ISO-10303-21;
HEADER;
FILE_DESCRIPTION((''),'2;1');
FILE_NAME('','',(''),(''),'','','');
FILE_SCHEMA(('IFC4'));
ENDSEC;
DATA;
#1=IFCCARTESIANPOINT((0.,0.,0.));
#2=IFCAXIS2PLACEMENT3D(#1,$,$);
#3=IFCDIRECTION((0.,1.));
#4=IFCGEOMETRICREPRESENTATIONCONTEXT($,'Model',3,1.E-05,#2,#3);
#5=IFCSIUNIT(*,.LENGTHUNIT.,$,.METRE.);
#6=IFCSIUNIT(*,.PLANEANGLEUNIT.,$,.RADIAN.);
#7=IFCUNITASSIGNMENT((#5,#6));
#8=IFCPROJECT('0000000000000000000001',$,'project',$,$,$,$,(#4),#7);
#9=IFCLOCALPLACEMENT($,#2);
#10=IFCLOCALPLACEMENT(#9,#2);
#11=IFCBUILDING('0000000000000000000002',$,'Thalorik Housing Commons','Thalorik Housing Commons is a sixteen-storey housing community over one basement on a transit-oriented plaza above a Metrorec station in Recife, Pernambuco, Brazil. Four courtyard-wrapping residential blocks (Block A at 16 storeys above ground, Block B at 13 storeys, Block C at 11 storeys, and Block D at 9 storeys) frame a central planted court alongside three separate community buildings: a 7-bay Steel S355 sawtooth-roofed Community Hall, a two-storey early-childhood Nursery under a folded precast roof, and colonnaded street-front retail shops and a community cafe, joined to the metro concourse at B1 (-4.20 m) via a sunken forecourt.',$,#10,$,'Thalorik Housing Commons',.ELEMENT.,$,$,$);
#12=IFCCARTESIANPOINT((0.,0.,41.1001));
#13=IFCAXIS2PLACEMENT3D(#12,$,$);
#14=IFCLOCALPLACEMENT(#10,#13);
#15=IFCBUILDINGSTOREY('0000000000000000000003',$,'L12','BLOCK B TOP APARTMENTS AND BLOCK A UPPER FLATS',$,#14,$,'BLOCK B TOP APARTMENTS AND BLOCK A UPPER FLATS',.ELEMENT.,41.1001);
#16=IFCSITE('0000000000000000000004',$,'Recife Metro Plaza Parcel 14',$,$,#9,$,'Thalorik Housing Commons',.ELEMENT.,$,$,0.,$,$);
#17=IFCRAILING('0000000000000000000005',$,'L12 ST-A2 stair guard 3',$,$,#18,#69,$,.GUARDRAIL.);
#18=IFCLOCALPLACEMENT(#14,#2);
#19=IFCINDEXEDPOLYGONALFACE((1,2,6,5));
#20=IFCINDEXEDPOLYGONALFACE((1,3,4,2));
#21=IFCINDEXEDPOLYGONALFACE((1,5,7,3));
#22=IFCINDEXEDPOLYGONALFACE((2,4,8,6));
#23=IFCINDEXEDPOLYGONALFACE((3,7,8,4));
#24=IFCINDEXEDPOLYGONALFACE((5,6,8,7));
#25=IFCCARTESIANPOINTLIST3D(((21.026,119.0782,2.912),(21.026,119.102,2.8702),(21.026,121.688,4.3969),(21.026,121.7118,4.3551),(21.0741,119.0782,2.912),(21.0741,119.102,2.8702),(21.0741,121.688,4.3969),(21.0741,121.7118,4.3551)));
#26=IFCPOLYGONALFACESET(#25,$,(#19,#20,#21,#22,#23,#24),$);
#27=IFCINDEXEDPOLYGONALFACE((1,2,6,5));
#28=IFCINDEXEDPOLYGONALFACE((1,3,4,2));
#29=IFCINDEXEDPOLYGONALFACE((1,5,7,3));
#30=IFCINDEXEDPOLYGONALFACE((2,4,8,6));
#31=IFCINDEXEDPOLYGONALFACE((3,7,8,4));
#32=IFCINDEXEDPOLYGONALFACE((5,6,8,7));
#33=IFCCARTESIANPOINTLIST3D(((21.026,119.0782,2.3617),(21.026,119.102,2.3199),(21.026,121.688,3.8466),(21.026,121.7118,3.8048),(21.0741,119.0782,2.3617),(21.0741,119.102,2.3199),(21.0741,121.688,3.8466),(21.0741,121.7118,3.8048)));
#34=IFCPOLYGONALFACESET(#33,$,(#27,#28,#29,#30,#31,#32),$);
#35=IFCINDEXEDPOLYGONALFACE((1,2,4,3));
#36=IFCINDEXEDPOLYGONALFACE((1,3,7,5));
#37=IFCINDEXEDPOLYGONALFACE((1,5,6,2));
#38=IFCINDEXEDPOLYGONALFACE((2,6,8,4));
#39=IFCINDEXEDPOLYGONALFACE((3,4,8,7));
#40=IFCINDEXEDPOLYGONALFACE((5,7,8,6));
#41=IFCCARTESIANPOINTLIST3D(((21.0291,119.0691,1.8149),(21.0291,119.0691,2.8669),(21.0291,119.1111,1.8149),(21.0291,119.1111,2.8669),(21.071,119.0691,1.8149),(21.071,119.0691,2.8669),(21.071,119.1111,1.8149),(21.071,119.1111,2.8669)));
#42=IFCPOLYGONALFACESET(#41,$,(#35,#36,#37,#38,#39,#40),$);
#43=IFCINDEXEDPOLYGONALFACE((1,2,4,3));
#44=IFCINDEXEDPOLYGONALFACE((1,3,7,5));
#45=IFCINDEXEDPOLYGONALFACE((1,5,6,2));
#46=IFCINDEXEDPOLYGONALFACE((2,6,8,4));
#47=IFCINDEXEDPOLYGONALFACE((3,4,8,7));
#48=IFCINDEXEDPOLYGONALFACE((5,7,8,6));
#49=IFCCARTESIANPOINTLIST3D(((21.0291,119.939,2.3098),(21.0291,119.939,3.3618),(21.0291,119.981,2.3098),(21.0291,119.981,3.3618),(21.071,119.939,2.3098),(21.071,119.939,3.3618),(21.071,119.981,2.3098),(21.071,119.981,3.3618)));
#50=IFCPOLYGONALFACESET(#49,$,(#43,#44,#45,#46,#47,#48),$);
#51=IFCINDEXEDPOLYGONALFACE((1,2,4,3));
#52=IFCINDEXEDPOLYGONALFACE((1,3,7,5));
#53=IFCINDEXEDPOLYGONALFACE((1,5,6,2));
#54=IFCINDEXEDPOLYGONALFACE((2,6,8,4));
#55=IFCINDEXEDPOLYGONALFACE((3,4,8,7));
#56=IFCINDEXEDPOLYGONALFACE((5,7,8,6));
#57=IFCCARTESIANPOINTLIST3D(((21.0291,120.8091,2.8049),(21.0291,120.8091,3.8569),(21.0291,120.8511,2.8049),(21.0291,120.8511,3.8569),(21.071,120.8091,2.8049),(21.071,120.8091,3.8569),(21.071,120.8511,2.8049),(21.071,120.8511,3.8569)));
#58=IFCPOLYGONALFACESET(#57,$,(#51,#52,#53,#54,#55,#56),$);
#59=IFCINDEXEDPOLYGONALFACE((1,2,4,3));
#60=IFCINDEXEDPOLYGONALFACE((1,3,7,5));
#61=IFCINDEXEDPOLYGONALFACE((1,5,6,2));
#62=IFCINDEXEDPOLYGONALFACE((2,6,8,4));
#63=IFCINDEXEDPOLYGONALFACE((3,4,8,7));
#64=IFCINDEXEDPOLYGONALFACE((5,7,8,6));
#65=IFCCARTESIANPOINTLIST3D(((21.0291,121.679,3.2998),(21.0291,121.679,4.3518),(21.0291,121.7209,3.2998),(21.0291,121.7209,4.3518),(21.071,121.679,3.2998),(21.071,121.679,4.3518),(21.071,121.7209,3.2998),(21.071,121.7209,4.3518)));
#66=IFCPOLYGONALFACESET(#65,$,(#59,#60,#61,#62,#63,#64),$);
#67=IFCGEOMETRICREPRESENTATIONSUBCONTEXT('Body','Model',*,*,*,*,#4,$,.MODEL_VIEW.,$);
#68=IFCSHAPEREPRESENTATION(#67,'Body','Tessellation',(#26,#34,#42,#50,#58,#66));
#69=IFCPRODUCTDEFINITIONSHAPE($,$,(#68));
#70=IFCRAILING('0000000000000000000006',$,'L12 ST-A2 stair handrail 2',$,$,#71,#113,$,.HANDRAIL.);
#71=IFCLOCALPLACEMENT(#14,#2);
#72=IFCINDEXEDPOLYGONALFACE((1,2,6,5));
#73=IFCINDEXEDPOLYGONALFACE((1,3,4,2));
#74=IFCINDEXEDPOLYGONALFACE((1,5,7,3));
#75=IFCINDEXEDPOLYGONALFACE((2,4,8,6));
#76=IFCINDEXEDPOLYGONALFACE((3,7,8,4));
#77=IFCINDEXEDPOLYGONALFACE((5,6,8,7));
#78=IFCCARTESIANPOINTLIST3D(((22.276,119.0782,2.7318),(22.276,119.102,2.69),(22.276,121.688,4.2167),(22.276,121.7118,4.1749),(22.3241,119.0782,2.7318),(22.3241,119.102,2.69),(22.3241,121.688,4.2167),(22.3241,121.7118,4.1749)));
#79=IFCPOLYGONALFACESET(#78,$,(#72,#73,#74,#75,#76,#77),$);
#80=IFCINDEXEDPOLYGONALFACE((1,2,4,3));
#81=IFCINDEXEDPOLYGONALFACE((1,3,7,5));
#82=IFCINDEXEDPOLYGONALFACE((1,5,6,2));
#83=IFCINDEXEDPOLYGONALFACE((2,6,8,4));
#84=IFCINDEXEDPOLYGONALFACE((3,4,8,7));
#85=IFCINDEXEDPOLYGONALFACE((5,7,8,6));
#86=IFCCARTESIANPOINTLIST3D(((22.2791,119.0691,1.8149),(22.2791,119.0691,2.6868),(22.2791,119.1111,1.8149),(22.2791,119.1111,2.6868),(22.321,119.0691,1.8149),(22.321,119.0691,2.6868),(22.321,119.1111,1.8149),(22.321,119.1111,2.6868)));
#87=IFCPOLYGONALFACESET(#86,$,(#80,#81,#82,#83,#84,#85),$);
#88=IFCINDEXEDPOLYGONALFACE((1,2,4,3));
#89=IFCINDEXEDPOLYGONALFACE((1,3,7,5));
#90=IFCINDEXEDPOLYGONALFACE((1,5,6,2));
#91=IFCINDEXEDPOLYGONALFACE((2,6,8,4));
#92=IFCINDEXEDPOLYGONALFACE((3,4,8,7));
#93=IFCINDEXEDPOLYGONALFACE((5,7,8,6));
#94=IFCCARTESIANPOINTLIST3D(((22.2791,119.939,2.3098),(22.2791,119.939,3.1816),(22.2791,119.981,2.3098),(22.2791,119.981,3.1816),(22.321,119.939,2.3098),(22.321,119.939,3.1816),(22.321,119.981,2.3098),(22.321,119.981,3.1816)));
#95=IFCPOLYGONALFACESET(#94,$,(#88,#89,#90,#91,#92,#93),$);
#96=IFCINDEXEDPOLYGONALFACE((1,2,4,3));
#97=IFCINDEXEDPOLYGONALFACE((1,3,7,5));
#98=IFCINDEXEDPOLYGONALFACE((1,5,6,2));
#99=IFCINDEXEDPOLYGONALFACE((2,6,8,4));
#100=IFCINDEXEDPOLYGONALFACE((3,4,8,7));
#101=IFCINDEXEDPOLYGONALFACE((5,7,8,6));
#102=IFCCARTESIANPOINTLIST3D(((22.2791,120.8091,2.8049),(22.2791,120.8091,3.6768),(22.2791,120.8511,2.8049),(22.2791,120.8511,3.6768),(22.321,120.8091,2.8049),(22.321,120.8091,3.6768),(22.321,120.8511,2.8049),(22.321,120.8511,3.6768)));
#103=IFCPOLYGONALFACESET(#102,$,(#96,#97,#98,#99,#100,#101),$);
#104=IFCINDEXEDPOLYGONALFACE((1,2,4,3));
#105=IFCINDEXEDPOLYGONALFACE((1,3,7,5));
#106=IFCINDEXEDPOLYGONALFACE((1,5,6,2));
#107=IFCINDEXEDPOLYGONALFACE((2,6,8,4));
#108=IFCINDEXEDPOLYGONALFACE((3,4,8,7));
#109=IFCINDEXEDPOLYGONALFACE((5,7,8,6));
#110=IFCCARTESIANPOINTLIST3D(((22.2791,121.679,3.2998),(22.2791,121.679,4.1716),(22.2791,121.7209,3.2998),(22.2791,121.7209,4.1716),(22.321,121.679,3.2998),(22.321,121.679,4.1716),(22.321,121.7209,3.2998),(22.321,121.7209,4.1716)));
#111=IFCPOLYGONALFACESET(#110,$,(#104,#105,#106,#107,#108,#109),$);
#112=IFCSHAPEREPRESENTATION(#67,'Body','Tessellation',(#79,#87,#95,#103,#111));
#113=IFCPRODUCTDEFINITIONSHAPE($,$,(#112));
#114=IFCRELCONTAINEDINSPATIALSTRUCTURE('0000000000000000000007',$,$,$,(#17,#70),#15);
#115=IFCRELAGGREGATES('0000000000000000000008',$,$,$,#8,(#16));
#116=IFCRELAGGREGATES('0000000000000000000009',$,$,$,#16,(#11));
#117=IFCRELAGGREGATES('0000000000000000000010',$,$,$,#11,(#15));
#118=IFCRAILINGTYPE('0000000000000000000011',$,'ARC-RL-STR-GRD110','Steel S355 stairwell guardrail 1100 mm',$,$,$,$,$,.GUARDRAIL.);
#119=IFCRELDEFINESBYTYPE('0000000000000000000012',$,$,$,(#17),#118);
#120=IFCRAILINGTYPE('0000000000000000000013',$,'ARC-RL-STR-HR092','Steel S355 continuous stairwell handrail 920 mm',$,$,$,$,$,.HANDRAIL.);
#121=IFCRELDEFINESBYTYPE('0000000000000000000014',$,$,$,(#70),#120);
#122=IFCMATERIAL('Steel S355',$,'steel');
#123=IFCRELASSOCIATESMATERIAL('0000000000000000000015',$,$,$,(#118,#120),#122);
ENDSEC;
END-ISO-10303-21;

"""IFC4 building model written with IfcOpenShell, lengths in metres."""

from ifc_helpers import new_model, si_unit, direction, frame, origin, origin_2d, place, context, subcontext, project, spatial, rectangle, extrude, material, type_object, element, save


model = new_model("IFC4")

# Units and contexts
model_context = context("Model", 3, precision=1e-05, world=origin(), true_north=direction((0.0, 1.0)))
body_context = subcontext(model_context, "Body", "Model", "MODEL_VIEW")
ifc_project = project(units=[si_unit("LENGTHUNIT", "METRE"), si_unit("PLANEANGLEUNIT", "RADIAN")], contexts=[model_context])

# Site, building, storey
site_placement = place(None, origin())
site = spatial("IfcSite", under=ifc_project, at=site_placement, Name="Recife Metro Plaza Parcel 14", LongName="Thalorik Housing Commons", CompositionType="ELEMENT", RefElevation=0.0)
building_placement = place(site_placement, origin())
building = spatial("IfcBuilding", under=site, at=building_placement, Name="Thalorik Housing Commons", Description="Thalorik Housing Commons is a sixteen-storey housing community over one basement on a transit-oriented plaza above a Metrorec station in Recife, Pernambuco, Brazil. Four courtyard-wrapping residential blocks (Block A at 16 storeys above ground, Block B at 13 storeys, Block C at 11 storeys, and Block D at 9 storeys) frame a central planted court alongside three separate community buildings: a 7-bay Steel S355 sawtooth-roofed Community Hall, a two-storey early-childhood Nursery under a folded precast roof, and colonnaded street-front retail shops and a community cafe, joined to the metro concourse at B1 (-4.20 m) via a sunken forecourt.", LongName="Thalorik Housing Commons", CompositionType="ELEMENT")
storey_placement = place(building_placement, frame((0.0, 0.0, 41.1001)))
storey = spatial("IfcBuildingStorey", under=building, at=storey_placement, Name="L12", Description="BLOCK B TOP APARTMENTS AND BLOCK A UPPER FLATS", LongName="BLOCK B TOP APARTMENTS AND BLOCK A UPPER FLATS", CompositionType="ELEMENT", Elevation=41.1001)

# Shared definitions
ifc_material_1 = material(Name="Steel S355", Category="steel")

# Railings
railing_type_1 = type_object("IfcRailingType", Name="ARC-RL-STR-GRD110", Description="Steel S355 stairwell guardrail 1100 mm", PredefinedType="GUARDRAIL", material=ifc_material_1)
railing_1_placement = place(storey_placement, frame((21.05, 119.0901, 1.8149)))
element("IfcRailing", 1, at=railing_1_placement, inside=storey, type_object=railing_type_1, Name="L12 ST-A2 stair guard 3", PredefinedType="GUARDRAIL", context=body_context, shape_type="SweptSolid", body=[
    extrude(rectangle(XDim=0.0481, YDim=0.0481, at=origin_2d()), frame((0.0, 0.0, 1.0762), z_axis=(0.0, 0.869172, 0.494509), x_axis=(-1.0, 0.0, 0.0)), (0.0, 0.0, 1.0), 3.0027),
    extrude(rectangle(XDim=0.0481, YDim=0.0481, at=origin_2d()), frame((0.0, 0.0, 0.5259), z_axis=(0.0, 0.869172, 0.494509), x_axis=(-1.0, 0.0, 0.0)), (0.0, 0.0, 1.0), 3.0027),
    extrude(rectangle(XDim=0.042, YDim=0.042, at=origin_2d()), origin(), (0.0, 0.0, 1.0), 1.052),
    extrude(rectangle(XDim=0.042, YDim=0.042, at=origin_2d()), frame((0.0, 0.8699, 0.4949)), (0.0, 0.0, 1.0), 1.052),
    extrude(rectangle(XDim=0.042, YDim=0.042, at=origin_2d()), frame((0.0, 1.74, 0.99)), (0.0, 0.0, 1.0), 1.052),
    extrude(rectangle(XDim=0.042, YDim=0.042, at=origin_2d()), frame((0.0, 2.6099, 1.4849)), (0.0, 0.0, 1.0), 1.052),
])
railing_type_2 = type_object("IfcRailingType", Name="ARC-RL-STR-HR092", Description="Steel S355 continuous stairwell handrail 920 mm", PredefinedType="HANDRAIL", material=ifc_material_1)
railing_2_placement = place(storey_placement, frame((22.3, 119.0901, 1.8149)))
element("IfcRailing", 2, at=railing_2_placement, inside=storey, type_object=railing_type_2, Name="L12 ST-A2 stair handrail 2", PredefinedType="HANDRAIL", context=body_context, shape_type="SweptSolid", body=[
    extrude(rectangle(XDim=0.0481, YDim=0.0481, at=origin_2d()), frame((0.0, 0.0, 0.896), z_axis=(0.0, 0.869172, 0.494509), x_axis=(-1.0, 0.0, 0.0)), (0.0, 0.0, 1.0), 3.0027),
    extrude(rectangle(XDim=0.042, YDim=0.042, at=origin_2d()), origin(), (0.0, 0.0, 1.0), 0.8718),
    extrude(rectangle(XDim=0.042, YDim=0.042, at=origin_2d()), frame((0.0, 0.8699, 0.4949)), (0.0, 0.0, 1.0), 0.8718),
    extrude(rectangle(XDim=0.042, YDim=0.042, at=origin_2d()), frame((0.0, 1.74, 0.99)), (0.0, 0.0, 1.0), 0.8718),
    extrude(rectangle(XDim=0.042, YDim=0.042, at=origin_2d()), frame((0.0, 2.6099, 1.4849)), (0.0, 0.0, 1.0), 0.8718),
])

save(model, "model.ifc")
